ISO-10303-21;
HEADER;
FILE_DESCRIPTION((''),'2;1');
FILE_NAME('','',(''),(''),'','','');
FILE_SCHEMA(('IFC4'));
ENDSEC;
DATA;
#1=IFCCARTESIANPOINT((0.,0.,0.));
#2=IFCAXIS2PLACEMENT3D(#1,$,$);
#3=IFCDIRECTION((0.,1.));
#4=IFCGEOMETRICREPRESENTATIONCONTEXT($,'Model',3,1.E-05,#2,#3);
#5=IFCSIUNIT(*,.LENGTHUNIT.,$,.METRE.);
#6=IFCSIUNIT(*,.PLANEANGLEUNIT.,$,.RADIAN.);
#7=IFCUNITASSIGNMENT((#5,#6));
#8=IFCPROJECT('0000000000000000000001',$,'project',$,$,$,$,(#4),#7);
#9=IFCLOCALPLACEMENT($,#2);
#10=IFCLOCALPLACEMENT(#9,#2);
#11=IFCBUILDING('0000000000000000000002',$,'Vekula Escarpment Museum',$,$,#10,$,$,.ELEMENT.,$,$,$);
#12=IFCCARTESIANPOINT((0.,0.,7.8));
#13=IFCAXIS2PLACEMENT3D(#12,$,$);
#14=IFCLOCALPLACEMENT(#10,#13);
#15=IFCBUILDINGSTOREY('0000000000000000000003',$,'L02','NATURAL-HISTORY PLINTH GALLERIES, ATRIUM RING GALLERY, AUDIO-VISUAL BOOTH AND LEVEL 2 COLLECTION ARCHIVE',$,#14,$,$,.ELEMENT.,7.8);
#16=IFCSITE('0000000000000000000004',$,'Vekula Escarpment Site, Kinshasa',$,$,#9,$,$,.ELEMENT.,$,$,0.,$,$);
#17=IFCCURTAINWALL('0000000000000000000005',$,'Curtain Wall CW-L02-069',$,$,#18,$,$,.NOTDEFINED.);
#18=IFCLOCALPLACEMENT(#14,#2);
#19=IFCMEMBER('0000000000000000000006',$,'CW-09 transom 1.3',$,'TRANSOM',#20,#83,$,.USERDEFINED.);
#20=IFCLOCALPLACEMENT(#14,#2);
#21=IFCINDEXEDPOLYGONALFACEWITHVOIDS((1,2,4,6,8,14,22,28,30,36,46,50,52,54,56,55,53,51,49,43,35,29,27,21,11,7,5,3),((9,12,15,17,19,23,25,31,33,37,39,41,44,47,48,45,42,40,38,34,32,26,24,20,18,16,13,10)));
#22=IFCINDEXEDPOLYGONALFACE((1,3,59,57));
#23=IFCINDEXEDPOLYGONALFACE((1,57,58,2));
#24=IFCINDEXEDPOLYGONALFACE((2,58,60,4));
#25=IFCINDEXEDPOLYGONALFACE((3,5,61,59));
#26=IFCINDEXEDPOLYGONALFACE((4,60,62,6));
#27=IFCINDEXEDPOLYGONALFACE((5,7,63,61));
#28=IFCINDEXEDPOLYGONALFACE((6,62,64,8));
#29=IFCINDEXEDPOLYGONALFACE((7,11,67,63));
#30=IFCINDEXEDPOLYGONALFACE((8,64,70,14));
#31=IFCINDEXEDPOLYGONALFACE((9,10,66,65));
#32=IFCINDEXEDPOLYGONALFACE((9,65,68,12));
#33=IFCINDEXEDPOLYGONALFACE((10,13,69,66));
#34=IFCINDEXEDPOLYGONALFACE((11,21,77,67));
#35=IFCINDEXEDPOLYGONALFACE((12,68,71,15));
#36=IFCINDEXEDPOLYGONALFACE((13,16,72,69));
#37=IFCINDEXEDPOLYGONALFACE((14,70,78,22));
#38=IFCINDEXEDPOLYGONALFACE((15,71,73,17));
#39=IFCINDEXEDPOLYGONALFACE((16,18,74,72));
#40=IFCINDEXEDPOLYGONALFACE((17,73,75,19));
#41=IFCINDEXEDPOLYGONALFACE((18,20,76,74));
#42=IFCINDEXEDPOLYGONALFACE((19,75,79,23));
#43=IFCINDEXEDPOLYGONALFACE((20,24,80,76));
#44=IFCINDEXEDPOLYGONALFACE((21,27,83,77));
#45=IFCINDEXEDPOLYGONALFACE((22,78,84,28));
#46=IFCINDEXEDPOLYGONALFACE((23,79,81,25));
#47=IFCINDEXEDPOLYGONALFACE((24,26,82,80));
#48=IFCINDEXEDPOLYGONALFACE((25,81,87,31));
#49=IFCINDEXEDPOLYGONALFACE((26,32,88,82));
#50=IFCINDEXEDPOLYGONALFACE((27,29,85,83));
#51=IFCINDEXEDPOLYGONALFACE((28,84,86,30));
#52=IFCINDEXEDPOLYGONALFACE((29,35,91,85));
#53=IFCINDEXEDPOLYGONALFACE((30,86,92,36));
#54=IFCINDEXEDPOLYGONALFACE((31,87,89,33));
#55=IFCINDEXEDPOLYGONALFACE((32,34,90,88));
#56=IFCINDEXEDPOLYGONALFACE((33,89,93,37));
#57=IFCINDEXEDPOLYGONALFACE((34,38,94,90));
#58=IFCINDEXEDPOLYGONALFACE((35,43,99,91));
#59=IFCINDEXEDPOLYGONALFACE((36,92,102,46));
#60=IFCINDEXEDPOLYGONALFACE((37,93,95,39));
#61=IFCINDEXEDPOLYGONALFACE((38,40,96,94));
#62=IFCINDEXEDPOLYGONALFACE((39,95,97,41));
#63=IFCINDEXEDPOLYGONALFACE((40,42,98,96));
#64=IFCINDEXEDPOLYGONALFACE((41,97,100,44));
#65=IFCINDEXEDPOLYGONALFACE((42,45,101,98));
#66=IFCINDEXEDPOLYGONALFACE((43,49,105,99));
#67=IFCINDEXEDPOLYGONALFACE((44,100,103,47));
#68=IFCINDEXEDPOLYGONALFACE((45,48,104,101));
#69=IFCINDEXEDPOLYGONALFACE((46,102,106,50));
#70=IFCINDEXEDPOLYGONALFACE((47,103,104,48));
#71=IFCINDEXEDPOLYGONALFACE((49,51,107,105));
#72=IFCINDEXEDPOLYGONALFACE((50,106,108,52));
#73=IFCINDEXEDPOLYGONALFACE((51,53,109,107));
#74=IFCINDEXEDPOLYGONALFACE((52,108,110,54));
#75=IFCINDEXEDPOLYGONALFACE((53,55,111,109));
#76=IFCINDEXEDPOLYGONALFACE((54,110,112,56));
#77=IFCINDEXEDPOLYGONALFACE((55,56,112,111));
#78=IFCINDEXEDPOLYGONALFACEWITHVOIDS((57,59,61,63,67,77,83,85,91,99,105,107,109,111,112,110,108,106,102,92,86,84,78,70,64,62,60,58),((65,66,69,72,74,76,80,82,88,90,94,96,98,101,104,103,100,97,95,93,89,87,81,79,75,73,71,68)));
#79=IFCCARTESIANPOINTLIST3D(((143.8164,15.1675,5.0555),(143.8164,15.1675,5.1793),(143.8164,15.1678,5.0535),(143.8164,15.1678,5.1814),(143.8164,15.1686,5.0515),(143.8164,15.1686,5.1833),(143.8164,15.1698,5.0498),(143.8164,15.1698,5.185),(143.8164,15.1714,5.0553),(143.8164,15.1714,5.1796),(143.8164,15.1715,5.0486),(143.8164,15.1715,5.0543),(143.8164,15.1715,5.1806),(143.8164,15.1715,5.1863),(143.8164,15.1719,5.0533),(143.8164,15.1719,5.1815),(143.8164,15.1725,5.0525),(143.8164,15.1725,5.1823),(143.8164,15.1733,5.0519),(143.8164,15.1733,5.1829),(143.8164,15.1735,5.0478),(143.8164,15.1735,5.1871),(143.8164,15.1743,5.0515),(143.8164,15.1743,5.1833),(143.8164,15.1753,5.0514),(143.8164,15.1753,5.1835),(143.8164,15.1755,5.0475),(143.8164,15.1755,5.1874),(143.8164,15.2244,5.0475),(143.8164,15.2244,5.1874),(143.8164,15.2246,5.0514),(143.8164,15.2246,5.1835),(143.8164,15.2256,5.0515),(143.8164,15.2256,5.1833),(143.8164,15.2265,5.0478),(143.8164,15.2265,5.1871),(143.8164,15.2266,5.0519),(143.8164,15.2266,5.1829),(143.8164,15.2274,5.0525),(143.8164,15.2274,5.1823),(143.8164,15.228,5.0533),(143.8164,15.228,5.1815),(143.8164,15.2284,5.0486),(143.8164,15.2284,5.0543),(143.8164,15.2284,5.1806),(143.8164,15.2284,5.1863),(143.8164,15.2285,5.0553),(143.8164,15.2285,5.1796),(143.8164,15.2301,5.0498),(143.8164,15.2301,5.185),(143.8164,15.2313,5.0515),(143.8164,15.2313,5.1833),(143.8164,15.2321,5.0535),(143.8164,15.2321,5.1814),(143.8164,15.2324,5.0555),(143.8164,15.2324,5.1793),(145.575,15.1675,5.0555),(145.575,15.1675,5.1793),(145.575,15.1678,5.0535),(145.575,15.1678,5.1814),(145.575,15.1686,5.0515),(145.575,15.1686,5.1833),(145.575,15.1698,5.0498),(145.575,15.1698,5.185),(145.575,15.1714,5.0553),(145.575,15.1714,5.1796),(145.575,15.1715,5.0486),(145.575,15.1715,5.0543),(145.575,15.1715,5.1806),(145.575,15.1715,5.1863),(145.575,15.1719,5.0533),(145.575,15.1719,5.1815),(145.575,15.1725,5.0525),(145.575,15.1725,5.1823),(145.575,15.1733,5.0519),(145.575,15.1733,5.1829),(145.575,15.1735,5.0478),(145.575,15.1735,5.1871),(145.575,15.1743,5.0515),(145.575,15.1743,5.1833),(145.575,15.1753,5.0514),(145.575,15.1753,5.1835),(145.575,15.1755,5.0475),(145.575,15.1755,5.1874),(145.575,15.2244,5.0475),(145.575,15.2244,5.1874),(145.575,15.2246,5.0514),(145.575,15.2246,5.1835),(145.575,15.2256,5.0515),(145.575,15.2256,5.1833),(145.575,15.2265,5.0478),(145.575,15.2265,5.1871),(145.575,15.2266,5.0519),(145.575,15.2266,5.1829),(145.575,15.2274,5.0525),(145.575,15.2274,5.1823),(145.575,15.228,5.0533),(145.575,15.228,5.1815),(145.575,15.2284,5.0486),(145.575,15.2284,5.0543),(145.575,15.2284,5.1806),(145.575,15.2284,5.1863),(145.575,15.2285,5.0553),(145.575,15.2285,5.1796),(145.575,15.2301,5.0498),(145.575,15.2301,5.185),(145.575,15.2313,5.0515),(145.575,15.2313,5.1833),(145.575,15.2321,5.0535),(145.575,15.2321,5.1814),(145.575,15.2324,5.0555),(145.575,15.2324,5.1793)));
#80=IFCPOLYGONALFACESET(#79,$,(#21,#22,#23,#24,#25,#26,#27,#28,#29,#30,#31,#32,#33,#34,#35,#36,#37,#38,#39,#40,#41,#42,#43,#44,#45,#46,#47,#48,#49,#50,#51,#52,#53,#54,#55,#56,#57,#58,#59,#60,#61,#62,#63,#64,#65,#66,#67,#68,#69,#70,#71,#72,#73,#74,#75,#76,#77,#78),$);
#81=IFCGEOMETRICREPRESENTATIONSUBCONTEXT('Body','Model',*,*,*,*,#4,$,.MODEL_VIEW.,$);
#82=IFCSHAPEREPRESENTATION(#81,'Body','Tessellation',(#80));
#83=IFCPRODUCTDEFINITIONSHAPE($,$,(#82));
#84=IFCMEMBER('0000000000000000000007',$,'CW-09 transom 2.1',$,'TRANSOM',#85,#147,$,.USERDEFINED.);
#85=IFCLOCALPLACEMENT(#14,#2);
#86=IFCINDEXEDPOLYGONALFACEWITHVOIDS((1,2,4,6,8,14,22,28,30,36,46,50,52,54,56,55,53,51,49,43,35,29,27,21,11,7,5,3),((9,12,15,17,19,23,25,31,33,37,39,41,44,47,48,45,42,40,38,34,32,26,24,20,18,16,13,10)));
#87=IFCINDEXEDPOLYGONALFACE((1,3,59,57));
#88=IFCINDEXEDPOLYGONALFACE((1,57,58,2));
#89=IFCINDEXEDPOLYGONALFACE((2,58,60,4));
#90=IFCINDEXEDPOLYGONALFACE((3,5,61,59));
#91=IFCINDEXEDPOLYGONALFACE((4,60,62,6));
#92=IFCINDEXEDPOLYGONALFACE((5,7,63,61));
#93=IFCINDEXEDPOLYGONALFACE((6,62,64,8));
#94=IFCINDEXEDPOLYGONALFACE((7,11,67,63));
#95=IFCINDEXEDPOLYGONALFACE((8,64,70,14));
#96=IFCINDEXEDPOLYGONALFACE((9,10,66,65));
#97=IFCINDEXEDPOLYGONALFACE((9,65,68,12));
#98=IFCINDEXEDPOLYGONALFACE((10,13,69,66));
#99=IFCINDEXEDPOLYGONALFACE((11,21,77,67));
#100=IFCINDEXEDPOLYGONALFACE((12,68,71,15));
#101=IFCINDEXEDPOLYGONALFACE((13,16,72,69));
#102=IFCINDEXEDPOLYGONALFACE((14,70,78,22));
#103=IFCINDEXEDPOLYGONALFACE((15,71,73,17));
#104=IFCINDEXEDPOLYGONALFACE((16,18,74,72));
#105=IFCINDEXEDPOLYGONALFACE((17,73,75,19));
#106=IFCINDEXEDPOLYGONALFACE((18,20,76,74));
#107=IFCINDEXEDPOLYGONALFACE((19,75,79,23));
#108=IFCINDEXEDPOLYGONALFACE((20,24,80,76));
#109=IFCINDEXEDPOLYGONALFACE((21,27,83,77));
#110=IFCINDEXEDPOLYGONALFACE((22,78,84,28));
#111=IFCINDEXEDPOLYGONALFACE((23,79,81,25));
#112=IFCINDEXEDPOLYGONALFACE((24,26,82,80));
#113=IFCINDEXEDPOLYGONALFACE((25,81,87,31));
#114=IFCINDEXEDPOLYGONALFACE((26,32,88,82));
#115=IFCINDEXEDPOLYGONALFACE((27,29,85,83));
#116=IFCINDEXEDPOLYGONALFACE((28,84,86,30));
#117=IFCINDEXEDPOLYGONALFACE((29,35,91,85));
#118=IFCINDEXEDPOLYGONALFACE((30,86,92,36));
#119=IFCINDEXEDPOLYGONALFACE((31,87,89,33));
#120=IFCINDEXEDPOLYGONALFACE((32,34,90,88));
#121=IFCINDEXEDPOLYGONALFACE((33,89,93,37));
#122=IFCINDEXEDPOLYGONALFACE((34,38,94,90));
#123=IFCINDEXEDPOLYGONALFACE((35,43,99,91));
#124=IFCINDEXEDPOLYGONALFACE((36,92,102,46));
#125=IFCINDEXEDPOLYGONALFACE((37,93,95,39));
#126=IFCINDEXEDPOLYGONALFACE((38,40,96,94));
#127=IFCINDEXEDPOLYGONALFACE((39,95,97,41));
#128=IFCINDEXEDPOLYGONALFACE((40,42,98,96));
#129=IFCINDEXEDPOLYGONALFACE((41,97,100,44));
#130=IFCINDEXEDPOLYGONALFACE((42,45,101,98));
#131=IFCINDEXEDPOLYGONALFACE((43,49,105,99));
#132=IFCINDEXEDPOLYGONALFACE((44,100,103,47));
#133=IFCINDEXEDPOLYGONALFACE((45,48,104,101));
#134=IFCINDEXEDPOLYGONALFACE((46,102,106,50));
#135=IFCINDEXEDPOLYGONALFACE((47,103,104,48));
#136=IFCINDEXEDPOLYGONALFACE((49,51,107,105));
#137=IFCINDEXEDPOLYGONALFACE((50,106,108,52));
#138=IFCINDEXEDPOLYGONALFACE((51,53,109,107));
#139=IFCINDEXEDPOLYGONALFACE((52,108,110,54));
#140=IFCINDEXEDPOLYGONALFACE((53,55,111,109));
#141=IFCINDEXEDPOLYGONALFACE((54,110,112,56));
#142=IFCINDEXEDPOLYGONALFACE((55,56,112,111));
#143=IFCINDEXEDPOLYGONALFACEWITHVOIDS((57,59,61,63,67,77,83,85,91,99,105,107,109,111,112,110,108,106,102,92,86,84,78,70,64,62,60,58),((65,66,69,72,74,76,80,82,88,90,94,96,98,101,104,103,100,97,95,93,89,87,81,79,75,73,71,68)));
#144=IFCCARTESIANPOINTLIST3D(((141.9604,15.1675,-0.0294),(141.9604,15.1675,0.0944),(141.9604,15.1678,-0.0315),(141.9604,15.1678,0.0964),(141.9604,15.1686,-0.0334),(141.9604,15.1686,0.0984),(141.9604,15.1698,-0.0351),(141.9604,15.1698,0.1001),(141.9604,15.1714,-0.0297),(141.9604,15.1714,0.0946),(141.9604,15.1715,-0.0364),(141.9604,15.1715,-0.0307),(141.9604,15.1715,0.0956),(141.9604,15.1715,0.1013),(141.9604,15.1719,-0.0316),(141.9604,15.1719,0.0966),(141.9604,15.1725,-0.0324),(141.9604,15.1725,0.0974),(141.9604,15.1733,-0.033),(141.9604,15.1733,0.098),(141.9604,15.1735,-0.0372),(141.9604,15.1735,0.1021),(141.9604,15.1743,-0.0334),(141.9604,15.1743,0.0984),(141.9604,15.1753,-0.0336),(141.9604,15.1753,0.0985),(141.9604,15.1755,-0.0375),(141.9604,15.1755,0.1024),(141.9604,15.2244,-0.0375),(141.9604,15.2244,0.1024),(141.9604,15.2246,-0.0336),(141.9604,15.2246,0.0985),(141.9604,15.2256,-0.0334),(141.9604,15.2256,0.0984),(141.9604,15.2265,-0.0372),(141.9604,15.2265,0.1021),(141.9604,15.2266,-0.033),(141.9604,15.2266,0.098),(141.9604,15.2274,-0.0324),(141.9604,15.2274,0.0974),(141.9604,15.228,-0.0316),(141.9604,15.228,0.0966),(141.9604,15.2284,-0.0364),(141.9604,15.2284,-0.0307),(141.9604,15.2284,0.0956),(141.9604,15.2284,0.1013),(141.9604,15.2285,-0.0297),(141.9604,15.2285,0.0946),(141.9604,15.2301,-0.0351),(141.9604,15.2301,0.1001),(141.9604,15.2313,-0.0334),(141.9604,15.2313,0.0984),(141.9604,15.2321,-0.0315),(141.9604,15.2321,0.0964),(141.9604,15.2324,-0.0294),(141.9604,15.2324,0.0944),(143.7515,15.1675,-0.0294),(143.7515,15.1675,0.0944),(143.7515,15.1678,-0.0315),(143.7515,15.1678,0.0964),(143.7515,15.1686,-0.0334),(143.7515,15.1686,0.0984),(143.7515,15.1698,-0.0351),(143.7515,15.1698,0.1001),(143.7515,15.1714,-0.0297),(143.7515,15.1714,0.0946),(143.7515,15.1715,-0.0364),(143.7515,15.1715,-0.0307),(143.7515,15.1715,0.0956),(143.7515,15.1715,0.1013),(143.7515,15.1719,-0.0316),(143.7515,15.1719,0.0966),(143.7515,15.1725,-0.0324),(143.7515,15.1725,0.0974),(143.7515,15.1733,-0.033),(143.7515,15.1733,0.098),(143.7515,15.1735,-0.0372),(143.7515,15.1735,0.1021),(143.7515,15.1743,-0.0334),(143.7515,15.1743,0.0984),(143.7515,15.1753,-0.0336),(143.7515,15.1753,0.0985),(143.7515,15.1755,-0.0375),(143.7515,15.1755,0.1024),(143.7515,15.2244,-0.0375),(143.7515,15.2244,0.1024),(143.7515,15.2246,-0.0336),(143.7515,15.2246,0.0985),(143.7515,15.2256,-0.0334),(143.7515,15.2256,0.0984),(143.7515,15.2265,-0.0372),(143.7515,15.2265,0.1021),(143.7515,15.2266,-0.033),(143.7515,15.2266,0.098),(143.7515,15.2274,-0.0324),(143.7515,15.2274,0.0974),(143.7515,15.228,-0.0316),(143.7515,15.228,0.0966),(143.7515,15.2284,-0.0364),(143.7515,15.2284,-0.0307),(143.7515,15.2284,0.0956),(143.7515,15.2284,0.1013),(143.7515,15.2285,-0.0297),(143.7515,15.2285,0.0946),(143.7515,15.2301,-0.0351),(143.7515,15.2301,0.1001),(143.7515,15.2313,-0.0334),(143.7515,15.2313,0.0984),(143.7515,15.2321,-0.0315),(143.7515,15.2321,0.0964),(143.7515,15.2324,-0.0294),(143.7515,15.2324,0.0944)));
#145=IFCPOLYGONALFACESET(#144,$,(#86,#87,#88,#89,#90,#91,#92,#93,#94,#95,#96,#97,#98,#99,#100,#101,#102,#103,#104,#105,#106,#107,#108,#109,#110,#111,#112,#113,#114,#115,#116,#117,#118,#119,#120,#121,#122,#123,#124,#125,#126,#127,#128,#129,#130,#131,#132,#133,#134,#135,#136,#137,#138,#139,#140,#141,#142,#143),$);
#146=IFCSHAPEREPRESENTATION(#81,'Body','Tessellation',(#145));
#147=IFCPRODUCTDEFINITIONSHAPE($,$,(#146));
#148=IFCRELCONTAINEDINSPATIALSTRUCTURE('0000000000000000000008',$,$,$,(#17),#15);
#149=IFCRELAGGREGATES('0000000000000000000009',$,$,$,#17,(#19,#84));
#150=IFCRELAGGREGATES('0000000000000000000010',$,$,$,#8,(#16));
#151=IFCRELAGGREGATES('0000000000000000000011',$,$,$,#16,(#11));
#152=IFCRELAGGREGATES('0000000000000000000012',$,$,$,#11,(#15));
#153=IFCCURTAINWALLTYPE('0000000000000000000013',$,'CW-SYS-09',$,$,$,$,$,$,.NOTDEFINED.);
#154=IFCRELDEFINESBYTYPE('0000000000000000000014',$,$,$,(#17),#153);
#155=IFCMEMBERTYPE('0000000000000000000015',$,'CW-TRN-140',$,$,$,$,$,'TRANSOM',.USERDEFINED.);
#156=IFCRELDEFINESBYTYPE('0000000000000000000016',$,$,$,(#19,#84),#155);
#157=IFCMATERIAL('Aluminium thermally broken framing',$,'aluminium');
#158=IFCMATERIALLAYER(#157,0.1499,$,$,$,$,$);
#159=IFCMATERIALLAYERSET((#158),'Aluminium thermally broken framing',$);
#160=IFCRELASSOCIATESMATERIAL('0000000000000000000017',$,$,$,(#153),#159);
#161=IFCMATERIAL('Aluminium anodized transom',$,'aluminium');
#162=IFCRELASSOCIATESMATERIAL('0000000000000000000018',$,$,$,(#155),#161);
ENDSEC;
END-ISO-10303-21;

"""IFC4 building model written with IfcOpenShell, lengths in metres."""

from ifc_helpers import new_model, si_unit, direction, frame, origin, origin_2d, place, context, subcontext, project, spatial, hollow_rectangle, extrude, material, layer, layer_set, material_profile, profile_set, type_object, element, aggregate, save


model = new_model("IFC4")

# Units and contexts
model_context = context("Model", 3, precision=1e-05, world=origin(), true_north=direction((0.0, 1.0)))
body_context = subcontext(model_context, "Body", "Model", "MODEL_VIEW")
ifc_project = project(units=[si_unit("LENGTHUNIT", "METRE"), si_unit("PLANEANGLEUNIT", "RADIAN")], contexts=[model_context])

# Site, building, storey
site_placement = place(None, origin())
site = spatial("IfcSite", under=ifc_project, at=site_placement, Name="Vekula Escarpment Site, Kinshasa", CompositionType="ELEMENT", RefElevation=0.0)
building_placement = place(site_placement, origin())
building = spatial("IfcBuilding", under=site, at=building_placement, Name="Vekula Escarpment Museum", CompositionType="ELEMENT")
storey_placement = place(building_placement, frame((0.0, 0.0, 7.8)))
storey = spatial("IfcBuildingStorey", under=building, at=storey_placement, Name="L02", Description="NATURAL-HISTORY PLINTH GALLERIES, ATRIUM RING GALLERY, AUDIO-VISUAL BOOTH AND LEVEL 2 COLLECTION ARCHIVE", CompositionType="ELEMENT", Elevation=7.8)

# Curtain wall, members
ifc_material_1 = material(Name="Aluminium thermally broken framing", Category="aluminium")
ifc_layer_1 = layer(ifc_material_1, 0.1499)
ifc_layer_set_1 = layer_set([ifc_layer_1], Name="Aluminium thermally broken framing")
curtain_wall_type = type_object("IfcCurtainWallType", Name="CW-SYS-09", PredefinedType="NOTDEFINED", material=ifc_layer_set_1)
curtain_wall_placement = place(storey_placement, origin())
curtain_wall = element("IfcCurtainWall", 1, at=curtain_wall_placement, inside=storey, type_object=curtain_wall_type, Name="Curtain Wall CW-L02-069", PredefinedType="NOTDEFINED")
ifc_material_2 = material(Name="Aluminium anodized transom", Category="aluminium")
ifc_material_profile_1 = material_profile(ifc_material_2, hollow_rectangle(XDim=0.0649, YDim=0.1399, WallThickness=0.0039, InnerFilletRadius=0.0039, OuterFilletRadius=0.0081, at=origin_2d()), Name="ALU 140x65x4")
ifc_profile_set_1 = profile_set([ifc_material_profile_1], Name="Aluminium anodized transom")
member_type_1 = type_object("IfcMemberType", Name="CW-TRN-140", ElementType="TRANSOM", PredefinedType="USERDEFINED", material=ifc_profile_set_1)
member_1_placement = place(storey_placement, frame((145.575, 15.2, 5.1174), z_axis=(-1.0, 0.0, 0.0), x_axis=(0.0, -1.0, 0.0)))
member_1 = element("IfcMember", 2, at=member_1_placement, type_object=member_type_1, Name="CW-09 transom 1.3", ObjectType="TRANSOM", PredefinedType="USERDEFINED", context=body_context, shape_type="SweptSolid", body=[
    extrude(hollow_rectangle(XDim=0.0649, YDim=0.1399, WallThickness=0.0039, InnerFilletRadius=0.0039, OuterFilletRadius=0.0081, at=origin_2d()), origin(), (0.0, 0.0, 1.0), 1.7585),
])
member_2_placement = place(storey_placement, frame((143.7515, 15.2, 0.0325), z_axis=(-1.0, 0.0, 0.0), x_axis=(0.0, -1.0, 0.0)))
member_2 = element("IfcMember", 3, at=member_2_placement, type_object=member_type_1, Name="CW-09 transom 2.1", ObjectType="TRANSOM", PredefinedType="USERDEFINED", context=body_context, shape_type="SweptSolid", body=[
    extrude(hollow_rectangle(XDim=0.0649, YDim=0.1399, WallThickness=0.0039, InnerFilletRadius=0.0039, OuterFilletRadius=0.0081, at=origin_2d()), origin(), (0.0, 0.0, 1.0), 1.791),
])
aggregate(curtain_wall, [member_1, member_2])

save(model, "model.ifc")
